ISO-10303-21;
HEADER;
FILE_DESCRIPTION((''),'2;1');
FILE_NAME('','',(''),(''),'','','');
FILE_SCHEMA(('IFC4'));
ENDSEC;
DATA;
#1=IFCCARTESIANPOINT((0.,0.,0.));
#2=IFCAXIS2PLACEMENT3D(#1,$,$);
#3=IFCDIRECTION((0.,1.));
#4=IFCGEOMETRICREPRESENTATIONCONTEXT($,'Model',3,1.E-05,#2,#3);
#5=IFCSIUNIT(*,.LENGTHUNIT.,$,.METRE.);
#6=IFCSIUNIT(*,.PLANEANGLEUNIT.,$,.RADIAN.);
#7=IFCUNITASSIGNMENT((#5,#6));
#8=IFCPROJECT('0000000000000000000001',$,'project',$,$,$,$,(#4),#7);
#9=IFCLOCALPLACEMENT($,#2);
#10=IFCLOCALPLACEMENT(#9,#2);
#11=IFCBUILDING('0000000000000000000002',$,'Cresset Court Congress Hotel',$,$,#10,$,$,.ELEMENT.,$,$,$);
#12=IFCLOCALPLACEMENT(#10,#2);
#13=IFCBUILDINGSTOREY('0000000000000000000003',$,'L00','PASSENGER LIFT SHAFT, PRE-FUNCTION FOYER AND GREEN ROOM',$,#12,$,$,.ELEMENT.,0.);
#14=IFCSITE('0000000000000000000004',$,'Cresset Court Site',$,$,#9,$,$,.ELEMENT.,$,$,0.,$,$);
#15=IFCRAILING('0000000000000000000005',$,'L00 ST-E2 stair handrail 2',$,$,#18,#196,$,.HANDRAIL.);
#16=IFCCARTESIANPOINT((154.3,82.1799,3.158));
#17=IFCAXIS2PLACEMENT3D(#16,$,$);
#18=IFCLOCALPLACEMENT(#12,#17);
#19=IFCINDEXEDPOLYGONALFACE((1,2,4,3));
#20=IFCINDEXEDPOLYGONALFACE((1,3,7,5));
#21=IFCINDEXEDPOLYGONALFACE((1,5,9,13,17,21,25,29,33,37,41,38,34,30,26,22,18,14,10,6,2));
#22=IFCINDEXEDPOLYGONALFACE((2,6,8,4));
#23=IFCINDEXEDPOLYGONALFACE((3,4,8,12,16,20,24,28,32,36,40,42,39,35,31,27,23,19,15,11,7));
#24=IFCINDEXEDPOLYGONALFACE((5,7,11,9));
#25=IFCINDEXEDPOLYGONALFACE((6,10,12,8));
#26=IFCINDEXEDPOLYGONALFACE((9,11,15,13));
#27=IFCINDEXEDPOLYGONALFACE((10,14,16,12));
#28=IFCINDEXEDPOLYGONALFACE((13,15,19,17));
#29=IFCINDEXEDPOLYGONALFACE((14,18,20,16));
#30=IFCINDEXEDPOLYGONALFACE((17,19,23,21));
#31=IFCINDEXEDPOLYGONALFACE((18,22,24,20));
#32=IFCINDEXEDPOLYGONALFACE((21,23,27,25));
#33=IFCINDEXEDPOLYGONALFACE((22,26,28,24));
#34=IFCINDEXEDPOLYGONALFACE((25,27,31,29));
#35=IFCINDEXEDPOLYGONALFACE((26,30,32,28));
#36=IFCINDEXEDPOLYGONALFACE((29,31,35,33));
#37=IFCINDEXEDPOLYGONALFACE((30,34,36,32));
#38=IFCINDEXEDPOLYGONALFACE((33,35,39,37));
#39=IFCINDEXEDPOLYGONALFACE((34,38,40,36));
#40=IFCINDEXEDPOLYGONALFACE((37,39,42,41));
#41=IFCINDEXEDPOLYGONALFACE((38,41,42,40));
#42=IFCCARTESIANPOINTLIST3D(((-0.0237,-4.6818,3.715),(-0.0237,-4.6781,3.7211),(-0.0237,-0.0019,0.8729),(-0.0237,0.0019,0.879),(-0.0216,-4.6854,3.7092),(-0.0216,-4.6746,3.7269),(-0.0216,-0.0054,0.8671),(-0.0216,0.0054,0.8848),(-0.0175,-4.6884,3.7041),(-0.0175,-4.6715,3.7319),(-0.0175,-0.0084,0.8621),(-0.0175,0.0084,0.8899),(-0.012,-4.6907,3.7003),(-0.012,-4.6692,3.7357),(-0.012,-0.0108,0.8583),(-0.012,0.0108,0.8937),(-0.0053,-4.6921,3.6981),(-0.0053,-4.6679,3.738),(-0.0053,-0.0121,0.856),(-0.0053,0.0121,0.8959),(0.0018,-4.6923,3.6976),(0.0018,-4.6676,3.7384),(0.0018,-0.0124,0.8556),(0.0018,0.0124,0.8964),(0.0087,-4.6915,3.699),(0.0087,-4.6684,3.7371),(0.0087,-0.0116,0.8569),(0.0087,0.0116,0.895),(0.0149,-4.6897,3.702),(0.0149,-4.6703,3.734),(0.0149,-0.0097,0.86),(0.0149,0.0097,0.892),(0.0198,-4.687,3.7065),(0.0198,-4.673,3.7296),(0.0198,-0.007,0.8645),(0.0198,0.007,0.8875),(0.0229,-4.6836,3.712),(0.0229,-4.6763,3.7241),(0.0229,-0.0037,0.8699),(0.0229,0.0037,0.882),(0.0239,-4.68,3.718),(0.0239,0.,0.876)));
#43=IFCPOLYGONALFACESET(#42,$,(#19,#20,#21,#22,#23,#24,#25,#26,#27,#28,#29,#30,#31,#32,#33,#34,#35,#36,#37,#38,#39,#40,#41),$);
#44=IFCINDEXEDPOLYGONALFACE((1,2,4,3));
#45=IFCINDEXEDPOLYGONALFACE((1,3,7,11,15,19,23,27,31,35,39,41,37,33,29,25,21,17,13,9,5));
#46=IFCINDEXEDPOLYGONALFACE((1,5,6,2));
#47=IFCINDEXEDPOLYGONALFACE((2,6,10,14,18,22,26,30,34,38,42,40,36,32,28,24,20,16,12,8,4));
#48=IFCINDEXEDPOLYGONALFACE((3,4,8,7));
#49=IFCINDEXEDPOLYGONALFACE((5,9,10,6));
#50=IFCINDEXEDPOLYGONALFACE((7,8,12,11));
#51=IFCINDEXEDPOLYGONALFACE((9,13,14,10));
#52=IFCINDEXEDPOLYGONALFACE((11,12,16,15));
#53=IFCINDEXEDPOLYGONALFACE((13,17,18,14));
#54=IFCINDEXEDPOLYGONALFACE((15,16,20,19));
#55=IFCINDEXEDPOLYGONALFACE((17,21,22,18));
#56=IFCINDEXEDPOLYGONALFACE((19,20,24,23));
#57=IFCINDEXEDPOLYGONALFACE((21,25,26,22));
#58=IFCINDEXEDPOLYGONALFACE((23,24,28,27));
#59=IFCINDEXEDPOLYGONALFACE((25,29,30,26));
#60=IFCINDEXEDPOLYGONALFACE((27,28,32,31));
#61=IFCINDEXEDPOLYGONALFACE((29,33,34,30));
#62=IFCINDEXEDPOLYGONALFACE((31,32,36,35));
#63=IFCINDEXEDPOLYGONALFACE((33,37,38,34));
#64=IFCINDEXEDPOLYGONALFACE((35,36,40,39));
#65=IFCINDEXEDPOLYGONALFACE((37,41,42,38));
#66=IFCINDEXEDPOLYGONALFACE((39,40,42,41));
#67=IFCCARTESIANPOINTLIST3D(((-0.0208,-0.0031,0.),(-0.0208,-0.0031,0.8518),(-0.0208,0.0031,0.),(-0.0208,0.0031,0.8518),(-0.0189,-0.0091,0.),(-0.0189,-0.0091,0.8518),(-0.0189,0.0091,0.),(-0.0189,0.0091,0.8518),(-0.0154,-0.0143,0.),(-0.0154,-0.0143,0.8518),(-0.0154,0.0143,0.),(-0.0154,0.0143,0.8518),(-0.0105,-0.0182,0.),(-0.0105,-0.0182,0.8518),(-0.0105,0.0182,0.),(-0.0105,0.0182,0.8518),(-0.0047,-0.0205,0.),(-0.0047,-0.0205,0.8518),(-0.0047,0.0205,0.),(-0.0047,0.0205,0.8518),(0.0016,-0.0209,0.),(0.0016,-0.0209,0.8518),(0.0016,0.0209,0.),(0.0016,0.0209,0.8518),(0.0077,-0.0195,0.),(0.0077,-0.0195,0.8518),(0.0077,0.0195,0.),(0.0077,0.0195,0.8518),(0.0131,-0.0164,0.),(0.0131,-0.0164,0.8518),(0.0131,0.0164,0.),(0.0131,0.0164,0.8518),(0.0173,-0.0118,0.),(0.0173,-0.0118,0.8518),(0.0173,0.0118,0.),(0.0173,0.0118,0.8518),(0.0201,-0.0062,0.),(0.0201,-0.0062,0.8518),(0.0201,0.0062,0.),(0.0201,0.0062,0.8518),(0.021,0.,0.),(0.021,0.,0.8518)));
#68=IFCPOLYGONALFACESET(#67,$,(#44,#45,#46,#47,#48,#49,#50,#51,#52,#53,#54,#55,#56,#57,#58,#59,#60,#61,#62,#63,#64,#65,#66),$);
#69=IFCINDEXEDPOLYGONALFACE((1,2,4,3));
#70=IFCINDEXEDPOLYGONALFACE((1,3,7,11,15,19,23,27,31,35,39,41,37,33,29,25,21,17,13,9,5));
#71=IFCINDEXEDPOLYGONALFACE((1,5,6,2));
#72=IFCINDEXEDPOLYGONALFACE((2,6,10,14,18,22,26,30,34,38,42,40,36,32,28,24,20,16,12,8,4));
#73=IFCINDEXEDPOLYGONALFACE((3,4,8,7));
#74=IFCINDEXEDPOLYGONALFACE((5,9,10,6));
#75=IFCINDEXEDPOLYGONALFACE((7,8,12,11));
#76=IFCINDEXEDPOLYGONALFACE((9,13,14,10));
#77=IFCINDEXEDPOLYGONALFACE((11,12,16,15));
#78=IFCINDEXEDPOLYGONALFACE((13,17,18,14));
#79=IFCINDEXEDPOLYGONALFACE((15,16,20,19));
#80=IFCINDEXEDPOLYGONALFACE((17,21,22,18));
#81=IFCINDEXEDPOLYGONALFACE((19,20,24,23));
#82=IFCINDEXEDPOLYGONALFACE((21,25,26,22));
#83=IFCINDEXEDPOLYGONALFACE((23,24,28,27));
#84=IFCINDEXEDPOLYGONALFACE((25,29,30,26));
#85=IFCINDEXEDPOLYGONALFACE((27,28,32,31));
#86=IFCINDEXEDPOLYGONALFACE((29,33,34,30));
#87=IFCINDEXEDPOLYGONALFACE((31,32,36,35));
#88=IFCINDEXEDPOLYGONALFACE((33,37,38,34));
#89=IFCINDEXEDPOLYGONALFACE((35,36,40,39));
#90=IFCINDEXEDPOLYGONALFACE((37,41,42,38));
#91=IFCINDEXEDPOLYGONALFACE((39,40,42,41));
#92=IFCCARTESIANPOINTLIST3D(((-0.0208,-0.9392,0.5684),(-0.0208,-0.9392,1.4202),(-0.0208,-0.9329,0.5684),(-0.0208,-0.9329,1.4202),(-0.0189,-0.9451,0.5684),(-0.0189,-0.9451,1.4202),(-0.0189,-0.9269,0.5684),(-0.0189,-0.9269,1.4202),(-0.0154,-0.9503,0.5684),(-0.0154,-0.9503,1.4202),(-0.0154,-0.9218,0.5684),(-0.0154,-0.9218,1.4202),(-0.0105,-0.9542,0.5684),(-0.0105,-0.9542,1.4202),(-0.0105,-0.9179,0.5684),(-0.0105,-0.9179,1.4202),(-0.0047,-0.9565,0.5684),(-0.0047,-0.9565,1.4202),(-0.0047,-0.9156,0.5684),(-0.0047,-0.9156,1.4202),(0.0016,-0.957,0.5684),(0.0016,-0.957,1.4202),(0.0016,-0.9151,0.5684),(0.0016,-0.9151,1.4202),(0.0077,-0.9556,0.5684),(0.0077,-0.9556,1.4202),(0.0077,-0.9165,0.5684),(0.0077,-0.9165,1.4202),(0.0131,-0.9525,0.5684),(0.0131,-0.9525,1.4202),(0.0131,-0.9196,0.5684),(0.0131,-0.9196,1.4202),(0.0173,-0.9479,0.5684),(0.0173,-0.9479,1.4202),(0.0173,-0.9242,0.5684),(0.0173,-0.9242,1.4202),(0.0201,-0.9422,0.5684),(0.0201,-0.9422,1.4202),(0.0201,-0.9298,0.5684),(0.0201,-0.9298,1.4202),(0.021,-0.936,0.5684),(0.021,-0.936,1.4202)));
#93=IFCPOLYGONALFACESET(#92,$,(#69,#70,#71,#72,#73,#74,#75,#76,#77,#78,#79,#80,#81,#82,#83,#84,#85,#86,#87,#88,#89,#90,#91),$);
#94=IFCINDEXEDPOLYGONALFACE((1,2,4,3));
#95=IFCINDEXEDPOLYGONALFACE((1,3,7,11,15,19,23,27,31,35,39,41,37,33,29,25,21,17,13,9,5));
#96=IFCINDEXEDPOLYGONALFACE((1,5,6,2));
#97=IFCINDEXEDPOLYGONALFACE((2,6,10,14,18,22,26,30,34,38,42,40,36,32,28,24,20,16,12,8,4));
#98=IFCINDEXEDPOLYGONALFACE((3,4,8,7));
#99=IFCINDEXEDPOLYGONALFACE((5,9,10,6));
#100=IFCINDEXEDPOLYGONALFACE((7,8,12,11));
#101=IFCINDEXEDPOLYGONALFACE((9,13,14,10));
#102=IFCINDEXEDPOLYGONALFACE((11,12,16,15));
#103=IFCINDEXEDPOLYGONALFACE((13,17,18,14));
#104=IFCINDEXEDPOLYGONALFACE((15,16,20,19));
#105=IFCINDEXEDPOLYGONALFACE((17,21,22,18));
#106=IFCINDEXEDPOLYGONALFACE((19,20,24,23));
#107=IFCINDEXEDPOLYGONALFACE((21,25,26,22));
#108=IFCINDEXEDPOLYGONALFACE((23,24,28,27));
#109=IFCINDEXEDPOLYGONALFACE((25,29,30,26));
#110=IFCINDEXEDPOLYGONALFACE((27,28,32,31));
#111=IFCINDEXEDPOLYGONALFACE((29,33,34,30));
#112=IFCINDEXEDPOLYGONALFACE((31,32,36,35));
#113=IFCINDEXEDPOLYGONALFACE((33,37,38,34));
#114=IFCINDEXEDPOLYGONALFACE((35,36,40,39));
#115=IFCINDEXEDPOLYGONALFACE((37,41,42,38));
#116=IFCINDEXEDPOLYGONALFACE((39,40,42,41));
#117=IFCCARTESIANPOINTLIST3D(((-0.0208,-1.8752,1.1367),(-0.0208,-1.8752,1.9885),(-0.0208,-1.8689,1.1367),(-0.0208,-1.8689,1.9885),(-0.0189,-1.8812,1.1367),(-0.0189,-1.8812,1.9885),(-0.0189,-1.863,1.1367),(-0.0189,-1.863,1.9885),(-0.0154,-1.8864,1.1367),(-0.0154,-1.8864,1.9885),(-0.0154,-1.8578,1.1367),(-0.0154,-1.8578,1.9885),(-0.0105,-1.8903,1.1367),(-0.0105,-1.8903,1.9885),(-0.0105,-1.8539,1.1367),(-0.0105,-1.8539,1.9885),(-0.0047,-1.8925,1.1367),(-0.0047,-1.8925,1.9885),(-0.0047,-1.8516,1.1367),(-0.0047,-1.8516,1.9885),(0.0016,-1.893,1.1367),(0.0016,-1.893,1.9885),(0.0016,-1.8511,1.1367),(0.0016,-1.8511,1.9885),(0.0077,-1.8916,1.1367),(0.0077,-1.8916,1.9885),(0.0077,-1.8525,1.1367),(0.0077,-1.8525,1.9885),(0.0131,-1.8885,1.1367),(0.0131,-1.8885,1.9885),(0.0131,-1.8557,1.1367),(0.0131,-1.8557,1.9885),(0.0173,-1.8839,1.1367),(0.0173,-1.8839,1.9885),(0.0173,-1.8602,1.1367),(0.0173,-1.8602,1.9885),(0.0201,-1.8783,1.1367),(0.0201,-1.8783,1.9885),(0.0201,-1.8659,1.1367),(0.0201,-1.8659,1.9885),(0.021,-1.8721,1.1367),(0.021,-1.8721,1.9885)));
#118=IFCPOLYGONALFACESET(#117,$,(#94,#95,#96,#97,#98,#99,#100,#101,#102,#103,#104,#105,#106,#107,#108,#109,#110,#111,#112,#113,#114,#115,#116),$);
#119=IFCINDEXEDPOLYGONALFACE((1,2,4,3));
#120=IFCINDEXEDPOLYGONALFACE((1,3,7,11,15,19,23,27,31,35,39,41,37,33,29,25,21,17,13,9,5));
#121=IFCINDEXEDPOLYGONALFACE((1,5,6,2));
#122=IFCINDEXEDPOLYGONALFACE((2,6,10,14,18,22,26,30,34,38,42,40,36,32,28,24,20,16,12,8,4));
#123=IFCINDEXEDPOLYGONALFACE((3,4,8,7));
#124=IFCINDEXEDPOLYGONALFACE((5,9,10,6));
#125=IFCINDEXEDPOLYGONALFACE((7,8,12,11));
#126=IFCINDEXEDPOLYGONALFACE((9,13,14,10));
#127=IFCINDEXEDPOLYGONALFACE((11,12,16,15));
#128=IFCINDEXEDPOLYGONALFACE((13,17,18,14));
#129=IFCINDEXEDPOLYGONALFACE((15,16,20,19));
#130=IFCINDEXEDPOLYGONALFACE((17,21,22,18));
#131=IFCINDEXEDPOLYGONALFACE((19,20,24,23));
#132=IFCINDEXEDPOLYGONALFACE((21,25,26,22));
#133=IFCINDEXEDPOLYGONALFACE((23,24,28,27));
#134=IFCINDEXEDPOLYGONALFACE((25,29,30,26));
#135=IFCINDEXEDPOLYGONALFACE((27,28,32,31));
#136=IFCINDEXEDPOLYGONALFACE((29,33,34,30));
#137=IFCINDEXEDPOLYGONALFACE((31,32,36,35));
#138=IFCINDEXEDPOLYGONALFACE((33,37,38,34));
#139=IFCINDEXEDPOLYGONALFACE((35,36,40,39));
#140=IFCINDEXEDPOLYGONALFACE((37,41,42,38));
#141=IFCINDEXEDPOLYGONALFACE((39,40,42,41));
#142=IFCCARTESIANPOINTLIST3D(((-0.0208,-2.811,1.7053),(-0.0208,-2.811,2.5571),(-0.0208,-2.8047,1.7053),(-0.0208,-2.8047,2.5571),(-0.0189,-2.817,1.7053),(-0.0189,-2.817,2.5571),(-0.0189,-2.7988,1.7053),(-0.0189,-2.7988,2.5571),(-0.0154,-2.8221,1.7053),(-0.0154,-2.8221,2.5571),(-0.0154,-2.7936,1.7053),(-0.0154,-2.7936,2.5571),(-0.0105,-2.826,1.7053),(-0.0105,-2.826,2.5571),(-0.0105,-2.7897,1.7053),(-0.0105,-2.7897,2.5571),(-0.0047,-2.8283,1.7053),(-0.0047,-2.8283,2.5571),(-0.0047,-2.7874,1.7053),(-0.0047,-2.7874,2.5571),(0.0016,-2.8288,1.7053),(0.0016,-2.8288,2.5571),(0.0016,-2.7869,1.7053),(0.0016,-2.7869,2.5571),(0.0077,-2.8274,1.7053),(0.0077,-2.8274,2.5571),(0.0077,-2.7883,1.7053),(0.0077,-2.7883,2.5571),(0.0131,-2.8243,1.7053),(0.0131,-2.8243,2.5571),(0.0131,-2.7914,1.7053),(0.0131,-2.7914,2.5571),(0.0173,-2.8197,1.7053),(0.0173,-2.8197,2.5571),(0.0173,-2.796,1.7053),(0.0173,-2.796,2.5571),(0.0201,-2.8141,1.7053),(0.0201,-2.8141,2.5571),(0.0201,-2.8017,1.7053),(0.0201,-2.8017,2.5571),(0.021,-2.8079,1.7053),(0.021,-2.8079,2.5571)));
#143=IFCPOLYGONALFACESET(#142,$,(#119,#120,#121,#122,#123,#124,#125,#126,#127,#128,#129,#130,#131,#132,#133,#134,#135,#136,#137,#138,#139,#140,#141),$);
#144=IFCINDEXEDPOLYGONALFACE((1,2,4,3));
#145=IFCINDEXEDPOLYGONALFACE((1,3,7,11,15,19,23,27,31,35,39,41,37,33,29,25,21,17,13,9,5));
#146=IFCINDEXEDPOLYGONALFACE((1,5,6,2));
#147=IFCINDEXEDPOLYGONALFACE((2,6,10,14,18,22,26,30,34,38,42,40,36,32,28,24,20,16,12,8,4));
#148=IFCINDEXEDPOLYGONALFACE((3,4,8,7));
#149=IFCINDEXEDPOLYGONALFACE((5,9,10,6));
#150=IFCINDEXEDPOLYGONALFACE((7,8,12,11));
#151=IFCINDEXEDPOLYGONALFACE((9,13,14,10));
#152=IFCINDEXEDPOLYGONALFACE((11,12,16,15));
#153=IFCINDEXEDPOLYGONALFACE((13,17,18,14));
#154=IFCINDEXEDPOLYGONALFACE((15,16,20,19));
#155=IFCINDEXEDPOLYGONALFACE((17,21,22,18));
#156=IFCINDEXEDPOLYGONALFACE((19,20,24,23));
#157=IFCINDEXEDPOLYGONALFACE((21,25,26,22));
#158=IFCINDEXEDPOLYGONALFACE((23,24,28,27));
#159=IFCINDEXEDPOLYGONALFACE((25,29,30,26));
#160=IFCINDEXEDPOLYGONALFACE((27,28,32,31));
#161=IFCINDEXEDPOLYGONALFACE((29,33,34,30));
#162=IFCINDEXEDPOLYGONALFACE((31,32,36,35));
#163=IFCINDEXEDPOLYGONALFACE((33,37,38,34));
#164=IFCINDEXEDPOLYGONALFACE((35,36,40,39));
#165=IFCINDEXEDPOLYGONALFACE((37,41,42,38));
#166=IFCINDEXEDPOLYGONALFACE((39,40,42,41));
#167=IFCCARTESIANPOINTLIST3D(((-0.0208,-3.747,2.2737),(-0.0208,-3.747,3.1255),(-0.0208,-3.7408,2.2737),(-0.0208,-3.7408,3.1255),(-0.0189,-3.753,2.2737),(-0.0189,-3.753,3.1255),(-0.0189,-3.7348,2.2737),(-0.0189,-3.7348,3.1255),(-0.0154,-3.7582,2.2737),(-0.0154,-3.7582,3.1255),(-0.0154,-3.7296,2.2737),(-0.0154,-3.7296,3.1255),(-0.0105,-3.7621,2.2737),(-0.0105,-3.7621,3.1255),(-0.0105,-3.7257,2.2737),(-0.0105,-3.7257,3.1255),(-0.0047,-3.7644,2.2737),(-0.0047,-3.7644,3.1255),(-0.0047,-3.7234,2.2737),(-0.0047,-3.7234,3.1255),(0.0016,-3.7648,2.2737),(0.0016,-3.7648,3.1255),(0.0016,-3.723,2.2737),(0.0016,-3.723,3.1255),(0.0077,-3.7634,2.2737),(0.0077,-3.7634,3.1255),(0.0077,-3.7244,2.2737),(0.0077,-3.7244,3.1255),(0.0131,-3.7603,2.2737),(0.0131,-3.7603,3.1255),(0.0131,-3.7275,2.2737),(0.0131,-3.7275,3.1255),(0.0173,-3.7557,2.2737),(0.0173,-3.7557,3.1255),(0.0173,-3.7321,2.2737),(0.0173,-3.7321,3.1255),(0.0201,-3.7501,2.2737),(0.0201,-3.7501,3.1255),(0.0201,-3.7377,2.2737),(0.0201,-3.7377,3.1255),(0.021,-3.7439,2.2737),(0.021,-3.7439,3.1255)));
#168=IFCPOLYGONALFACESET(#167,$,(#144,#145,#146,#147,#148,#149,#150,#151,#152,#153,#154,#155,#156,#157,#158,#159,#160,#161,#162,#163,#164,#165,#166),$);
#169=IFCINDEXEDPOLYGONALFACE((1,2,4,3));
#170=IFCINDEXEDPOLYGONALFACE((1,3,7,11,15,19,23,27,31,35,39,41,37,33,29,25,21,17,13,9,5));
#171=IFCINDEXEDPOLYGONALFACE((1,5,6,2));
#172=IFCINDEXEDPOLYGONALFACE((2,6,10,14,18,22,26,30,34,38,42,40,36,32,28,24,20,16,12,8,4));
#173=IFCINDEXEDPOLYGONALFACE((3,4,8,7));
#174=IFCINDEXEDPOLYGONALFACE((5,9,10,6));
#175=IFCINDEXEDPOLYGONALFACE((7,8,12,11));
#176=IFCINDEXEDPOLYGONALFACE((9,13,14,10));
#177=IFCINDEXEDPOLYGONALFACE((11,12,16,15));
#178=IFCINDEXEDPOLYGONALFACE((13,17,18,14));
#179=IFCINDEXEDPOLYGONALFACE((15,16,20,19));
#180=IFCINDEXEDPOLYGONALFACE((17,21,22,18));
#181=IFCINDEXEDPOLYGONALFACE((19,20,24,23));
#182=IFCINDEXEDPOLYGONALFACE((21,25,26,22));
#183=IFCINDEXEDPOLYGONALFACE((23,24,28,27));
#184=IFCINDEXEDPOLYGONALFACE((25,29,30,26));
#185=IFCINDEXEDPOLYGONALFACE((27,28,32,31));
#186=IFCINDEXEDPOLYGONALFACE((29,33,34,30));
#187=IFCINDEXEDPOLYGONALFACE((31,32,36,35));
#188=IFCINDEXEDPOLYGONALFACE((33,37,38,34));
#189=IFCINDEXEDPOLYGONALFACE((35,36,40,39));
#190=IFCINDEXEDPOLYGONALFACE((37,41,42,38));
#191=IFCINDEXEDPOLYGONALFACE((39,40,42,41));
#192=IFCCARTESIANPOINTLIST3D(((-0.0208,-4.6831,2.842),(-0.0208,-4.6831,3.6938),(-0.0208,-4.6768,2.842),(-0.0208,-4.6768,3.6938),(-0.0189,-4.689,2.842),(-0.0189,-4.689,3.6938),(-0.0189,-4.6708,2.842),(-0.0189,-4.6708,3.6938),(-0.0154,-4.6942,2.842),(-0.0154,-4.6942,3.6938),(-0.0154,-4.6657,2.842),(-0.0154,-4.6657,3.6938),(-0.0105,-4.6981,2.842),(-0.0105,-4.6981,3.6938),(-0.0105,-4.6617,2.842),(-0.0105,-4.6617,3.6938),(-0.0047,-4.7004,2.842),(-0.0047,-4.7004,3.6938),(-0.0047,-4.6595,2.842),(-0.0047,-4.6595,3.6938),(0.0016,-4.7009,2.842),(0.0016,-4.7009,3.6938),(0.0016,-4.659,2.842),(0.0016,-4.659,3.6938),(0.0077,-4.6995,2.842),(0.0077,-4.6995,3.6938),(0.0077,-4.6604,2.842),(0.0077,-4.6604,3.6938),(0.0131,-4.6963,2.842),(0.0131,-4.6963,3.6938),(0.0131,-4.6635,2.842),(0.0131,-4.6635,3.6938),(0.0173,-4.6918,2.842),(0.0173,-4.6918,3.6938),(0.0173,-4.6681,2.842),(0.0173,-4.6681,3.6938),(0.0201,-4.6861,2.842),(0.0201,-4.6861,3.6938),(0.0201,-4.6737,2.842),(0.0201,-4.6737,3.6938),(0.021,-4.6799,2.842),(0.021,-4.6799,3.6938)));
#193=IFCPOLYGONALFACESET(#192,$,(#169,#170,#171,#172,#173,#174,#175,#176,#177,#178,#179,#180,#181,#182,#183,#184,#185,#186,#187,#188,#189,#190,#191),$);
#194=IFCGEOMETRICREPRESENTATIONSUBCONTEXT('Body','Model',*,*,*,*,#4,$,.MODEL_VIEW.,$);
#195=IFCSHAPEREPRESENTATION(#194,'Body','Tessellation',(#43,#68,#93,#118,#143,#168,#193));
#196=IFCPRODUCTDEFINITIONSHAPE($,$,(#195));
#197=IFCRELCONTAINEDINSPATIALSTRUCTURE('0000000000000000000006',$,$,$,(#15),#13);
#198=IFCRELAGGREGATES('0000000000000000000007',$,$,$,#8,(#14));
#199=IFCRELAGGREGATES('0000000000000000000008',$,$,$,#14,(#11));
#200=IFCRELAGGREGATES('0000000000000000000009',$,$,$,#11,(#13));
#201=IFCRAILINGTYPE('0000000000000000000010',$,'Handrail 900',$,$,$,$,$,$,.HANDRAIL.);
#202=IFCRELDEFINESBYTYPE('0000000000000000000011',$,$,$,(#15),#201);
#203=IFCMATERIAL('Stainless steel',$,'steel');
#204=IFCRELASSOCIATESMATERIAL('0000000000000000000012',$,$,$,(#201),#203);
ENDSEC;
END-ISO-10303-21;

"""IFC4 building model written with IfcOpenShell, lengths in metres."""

from ifc_helpers import new_model, si_unit, direction, frame, origin, origin_2d, place, context, subcontext, project, spatial, circle, extrude, material, type_object, element, save


model = new_model("IFC4")

# Units and contexts
model_context = context("Model", 3, precision=1e-05, world=origin(), true_north=direction((0.0, 1.0)))
body_context = subcontext(model_context, "Body", "Model", "MODEL_VIEW")
ifc_project = project(units=[si_unit("LENGTHUNIT", "METRE"), si_unit("PLANEANGLEUNIT", "RADIAN")], contexts=[model_context])

# Site, building, storey
site_placement = place(None, origin())
site = spatial("IfcSite", under=ifc_project, at=site_placement, Name="Cresset Court Site", CompositionType="ELEMENT", RefElevation=0.0)
building_placement = place(site_placement, origin())
building = spatial("IfcBuilding", under=site, at=building_placement, Name="Cresset Court Congress Hotel", CompositionType="ELEMENT")
storey_placement = place(building_placement, origin())
storey = spatial("IfcBuildingStorey", under=building, at=storey_placement, Name="L00", Description="PASSENGER LIFT SHAFT, PRE-FUNCTION FOYER AND GREEN ROOM", CompositionType="ELEMENT", Elevation=0.0)

# Railing
ifc_material_1 = material(Name="Stainless steel", Category="steel")
railing_type_1 = type_object("IfcRailingType", Name="Handrail 900", PredefinedType="HANDRAIL", material=ifc_material_1)
railing_1_placement = place(storey_placement, frame((154.3, 82.1799, 3.158)))
element("IfcRailing", 1, at=railing_1_placement, inside=storey, type_object=railing_type_1, Name="L00 ST-E2 stair handrail 2", PredefinedType="HANDRAIL", context=body_context, shape_type="SweptSolid", body=[
    extrude(circle(Radius=0.0239, at=origin_2d()), frame((0.0, 0.0, 0.876), z_axis=(0.0, -0.854735, 0.519065), x_axis=(1.0, 0.0, 0.0)), (0.0, 0.0, 1.0), 5.4753),
    extrude(circle(Radius=0.021, at=origin_2d()), origin(), (0.0, 0.0, 1.0), 0.8518),
    extrude(circle(Radius=0.021, at=origin_2d()), frame((0.0, -0.936, 0.5684)), (0.0, 0.0, 1.0), 0.8518),
    extrude(circle(Radius=0.021, at=origin_2d()), frame((0.0, -1.8721, 1.1367)), (0.0, 0.0, 1.0), 0.8518),
    extrude(circle(Radius=0.021, at=origin_2d()), frame((0.0, -2.8079, 1.7053)), (0.0, 0.0, 1.0), 0.8518),
    extrude(circle(Radius=0.021, at=origin_2d()), frame((0.0, -3.7439, 2.2737)), (0.0, 0.0, 1.0), 0.8518),
    extrude(circle(Radius=0.021, at=origin_2d()), frame((0.0, -4.6799, 2.842)), (0.0, 0.0, 1.0), 0.8518),
])

save(model, "model.ifc")
